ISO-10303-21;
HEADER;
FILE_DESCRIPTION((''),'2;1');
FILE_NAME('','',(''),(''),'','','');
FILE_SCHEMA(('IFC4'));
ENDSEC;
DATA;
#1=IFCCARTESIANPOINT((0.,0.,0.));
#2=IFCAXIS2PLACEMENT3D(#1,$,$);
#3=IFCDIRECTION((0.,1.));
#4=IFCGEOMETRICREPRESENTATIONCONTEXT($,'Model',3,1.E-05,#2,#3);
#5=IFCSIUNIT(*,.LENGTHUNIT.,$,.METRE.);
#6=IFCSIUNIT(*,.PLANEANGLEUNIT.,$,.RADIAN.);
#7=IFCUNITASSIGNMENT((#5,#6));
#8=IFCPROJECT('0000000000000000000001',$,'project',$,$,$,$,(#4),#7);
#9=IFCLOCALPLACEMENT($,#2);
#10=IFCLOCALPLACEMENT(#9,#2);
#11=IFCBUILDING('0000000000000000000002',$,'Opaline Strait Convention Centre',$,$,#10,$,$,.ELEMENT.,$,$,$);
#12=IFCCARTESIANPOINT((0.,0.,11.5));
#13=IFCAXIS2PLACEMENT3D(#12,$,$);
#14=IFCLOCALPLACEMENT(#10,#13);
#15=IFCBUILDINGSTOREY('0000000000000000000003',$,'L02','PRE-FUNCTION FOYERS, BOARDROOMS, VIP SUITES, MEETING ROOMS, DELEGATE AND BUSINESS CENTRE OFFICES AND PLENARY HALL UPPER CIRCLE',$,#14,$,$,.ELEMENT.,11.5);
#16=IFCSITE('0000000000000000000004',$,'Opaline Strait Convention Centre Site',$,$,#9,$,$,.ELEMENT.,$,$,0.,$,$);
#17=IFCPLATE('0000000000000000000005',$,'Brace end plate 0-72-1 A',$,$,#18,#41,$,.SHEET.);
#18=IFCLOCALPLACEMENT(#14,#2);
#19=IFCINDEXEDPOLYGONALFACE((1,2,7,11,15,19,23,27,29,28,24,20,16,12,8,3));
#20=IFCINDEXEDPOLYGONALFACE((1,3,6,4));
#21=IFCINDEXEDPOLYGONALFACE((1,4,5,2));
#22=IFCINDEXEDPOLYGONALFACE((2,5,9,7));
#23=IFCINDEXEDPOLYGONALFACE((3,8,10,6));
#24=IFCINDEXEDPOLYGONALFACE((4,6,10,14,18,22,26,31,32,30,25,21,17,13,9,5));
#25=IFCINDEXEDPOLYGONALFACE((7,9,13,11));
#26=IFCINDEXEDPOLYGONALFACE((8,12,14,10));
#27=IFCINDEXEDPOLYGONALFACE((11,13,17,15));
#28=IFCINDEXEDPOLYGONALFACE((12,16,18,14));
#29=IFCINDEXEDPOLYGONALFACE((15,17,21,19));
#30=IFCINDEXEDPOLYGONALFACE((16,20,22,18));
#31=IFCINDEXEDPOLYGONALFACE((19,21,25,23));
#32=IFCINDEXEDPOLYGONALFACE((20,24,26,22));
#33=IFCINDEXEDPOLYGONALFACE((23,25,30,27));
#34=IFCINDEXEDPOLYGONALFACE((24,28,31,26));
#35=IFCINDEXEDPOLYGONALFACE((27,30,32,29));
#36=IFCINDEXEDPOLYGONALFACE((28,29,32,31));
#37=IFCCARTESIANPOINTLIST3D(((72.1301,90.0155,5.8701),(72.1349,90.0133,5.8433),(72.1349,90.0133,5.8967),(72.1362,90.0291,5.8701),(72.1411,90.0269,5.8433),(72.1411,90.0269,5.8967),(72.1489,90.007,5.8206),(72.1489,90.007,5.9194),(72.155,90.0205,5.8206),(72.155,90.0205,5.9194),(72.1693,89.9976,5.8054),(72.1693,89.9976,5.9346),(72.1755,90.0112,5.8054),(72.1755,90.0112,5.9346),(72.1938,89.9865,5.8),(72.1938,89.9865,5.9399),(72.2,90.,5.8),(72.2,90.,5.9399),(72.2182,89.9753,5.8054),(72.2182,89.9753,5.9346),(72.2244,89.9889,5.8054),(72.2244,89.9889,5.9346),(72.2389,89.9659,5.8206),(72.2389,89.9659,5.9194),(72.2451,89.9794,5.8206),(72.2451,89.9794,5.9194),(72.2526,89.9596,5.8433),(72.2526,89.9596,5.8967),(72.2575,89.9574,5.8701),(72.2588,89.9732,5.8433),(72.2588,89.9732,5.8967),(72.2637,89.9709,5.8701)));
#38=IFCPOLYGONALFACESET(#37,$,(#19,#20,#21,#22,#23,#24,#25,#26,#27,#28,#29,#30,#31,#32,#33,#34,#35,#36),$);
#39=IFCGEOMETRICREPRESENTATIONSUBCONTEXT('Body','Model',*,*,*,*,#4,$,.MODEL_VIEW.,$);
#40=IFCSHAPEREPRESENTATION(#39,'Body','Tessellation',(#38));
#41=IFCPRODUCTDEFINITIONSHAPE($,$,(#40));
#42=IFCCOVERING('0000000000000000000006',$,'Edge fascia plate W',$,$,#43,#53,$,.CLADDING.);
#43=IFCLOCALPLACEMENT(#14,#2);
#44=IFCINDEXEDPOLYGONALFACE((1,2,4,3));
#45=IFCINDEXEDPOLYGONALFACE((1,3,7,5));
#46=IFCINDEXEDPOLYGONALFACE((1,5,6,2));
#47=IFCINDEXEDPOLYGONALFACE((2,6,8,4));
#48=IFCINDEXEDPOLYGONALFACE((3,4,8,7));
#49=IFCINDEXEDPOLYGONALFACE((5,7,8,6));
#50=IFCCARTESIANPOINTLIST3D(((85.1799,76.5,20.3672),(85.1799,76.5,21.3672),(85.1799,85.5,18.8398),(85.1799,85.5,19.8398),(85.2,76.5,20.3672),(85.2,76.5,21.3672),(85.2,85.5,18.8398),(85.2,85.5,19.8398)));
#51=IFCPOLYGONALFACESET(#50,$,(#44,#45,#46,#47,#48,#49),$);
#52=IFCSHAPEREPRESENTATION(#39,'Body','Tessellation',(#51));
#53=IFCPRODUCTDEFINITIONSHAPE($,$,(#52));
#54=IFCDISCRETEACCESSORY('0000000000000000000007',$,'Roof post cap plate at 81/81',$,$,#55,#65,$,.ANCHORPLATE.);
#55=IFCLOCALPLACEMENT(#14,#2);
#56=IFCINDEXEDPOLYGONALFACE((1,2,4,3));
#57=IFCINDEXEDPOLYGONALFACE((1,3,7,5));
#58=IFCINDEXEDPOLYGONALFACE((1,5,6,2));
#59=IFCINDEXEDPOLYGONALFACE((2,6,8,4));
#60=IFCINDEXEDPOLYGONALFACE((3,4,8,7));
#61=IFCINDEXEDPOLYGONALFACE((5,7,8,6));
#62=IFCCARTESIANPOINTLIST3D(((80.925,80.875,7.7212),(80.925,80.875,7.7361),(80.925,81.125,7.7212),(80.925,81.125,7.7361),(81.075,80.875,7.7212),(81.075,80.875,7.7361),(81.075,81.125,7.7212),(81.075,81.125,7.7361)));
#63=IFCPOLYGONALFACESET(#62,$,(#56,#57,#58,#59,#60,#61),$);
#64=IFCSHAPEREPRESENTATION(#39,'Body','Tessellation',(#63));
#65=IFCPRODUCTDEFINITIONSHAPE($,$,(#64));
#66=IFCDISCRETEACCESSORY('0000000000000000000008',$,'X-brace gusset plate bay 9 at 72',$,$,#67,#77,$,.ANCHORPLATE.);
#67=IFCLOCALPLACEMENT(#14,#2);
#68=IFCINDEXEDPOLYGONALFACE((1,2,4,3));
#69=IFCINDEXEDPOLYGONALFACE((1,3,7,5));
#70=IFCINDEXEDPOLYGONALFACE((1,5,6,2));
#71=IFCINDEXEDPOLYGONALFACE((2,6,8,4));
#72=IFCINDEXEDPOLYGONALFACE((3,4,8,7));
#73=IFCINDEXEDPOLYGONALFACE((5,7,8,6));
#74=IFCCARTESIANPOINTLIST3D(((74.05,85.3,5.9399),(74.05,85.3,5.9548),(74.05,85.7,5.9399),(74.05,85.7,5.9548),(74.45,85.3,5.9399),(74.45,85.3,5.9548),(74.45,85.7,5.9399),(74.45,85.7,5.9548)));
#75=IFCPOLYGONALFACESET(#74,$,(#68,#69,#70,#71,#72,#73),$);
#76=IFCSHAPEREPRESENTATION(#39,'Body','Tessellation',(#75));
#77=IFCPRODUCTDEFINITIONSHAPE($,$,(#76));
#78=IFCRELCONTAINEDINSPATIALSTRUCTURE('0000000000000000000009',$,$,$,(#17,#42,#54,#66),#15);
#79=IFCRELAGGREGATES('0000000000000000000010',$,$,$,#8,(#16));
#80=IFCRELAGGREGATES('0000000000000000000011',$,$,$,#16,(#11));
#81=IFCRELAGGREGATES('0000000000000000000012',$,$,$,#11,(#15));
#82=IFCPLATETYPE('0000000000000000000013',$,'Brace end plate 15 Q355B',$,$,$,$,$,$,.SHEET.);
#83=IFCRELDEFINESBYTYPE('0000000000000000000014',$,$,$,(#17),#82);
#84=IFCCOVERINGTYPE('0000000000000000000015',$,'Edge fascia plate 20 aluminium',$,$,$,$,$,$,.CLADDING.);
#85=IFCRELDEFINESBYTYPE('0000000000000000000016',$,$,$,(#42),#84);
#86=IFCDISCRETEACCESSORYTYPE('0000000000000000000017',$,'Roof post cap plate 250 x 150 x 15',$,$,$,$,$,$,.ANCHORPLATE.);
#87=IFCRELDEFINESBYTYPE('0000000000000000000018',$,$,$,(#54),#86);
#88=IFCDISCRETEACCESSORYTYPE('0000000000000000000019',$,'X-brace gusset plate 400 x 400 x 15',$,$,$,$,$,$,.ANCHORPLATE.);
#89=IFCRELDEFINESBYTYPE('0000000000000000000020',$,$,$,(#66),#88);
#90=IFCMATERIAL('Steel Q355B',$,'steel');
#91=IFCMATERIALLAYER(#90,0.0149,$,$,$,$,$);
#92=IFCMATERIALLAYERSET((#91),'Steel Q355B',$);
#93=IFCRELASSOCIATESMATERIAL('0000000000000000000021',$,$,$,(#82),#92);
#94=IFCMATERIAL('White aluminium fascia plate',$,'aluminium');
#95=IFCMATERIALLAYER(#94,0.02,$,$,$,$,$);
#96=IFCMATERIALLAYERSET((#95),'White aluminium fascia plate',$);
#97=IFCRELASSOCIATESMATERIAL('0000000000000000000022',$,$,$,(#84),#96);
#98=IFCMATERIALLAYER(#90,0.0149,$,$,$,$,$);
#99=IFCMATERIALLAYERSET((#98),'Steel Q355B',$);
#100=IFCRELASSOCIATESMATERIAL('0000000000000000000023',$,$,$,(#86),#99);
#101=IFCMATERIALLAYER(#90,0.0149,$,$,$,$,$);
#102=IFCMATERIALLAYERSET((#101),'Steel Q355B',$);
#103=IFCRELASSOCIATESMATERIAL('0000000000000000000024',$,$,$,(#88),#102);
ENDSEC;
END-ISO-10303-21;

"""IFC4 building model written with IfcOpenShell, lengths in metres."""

from ifc_helpers import new_model, si_unit, direction, frame, origin, origin_2d, place, context, subcontext, project, spatial, polyline, rectangle, outline, extrude, material, layer, layer_set, type_object, element, save


model = new_model("IFC4")

# Units and contexts
model_context = context("Model", 3, precision=1e-05, world=origin(), true_north=direction((0.0, 1.0)))
body_context = subcontext(model_context, "Body", "Model", "MODEL_VIEW")
ifc_project = project(units=[si_unit("LENGTHUNIT", "METRE"), si_unit("PLANEANGLEUNIT", "RADIAN")], contexts=[model_context])

# Site, building, storey
site_placement = place(None, origin())
site = spatial("IfcSite", under=ifc_project, at=site_placement, Name="Opaline Strait Convention Centre Site", CompositionType="ELEMENT", RefElevation=0.0)
building_placement = place(site_placement, origin())
building = spatial("IfcBuilding", under=site, at=building_placement, Name="Opaline Strait Convention Centre", CompositionType="ELEMENT")
storey_placement = place(building_placement, frame((0.0, 0.0, 11.5)))
storey = spatial("IfcBuildingStorey", under=building, at=storey_placement, Name="L02", Description="PRE-FUNCTION FOYERS, BOARDROOMS, VIP SUITES, MEETING ROOMS, DELEGATE AND BUSINESS CENTRE OFFICES AND PLENARY HALL UPPER CIRCLE", CompositionType="ELEMENT", Elevation=11.5)

# Shared definitions
ifc_material_1 = material(Name="Steel Q355B", Category="steel")

# Plate
ifc_layer_1 = layer(ifc_material_1, 0.0149)
ifc_layer_set_1 = layer_set([ifc_layer_1], Name="Steel Q355B")
plate_type = type_object("IfcPlateType", Name="Brace end plate 15 Q355B", PredefinedType="SHEET", material=ifc_layer_set_1)
plate_1_placement = place(storey_placement, frame((72.2637, 89.9709, 5.8701), z_axis=(0.415113, 0.90977, 0.0), x_axis=(-0.177886, 0.081166, -0.980698)))
element("IfcPlate", 1, at=plate_1_placement, inside=storey, type_object=plate_type, Name="Brace end plate 0-72-1 A", PredefinedType="SHEET", context=body_context, shape_type="SweptSolid", body=[
    extrude(outline(polyline([(0.0, 0.0), (0.0274, 0.0), (0.0526, 0.0103), (0.0719, 0.0297), (0.0824, 0.055), (0.0824, 0.0824), (0.072, 0.1074), (0.0527, 0.1269), (0.0274, 0.1374), (0.0002, 0.1373), (-0.025, 0.1268), (-0.0443, 0.1076), (-0.0548, 0.0823), (-0.0548, 0.0549), (-0.0444, 0.0297), (-0.0251, 0.0105), (0.0, 0.0)])), origin(), (0.0, 0.0, -1.0), 0.0149),
])

# Covering
ifc_material_2 = material(Name="White aluminium fascia plate", Category="aluminium")
ifc_layer_2 = layer(ifc_material_2, 0.02)
ifc_layer_set_2 = layer_set([ifc_layer_2], Name="White aluminium fascia plate")
covering_type = type_object("IfcCoveringType", Name="Edge fascia plate 20 aluminium", PredefinedType="CLADDING", material=ifc_layer_set_2)
covering_placement = place(storey_placement, frame((85.2, 81.0, 20.1035), z_axis=(-1.0, 0.0, 0.0), x_axis=(0.0, -1.0, 0.0)))
element("IfcCovering", 2, at=covering_placement, inside=storey, type_object=covering_type, Name="Edge fascia plate W", PredefinedType="CLADDING", context=body_context, shape_type="SweptSolid", body=[
    extrude(outline(polyline([(-4.5, -0.2637), (4.5, 1.2637), (4.5, 0.2637), (-4.5, -1.2637), (-4.5, -0.2637)])), origin(), (0.0, 0.0, 1.0), 0.02),
])

# Discrete accessories
ifc_layer_3 = layer(ifc_material_1, 0.0149)
ifc_layer_set_3 = layer_set([ifc_layer_3], Name="Steel Q355B")
discrete_accessory_type_1 = type_object("IfcDiscreteAccessoryType", Name="Roof post cap plate 250 x 150 x 15", PredefinedType="ANCHORPLATE", material=ifc_layer_set_3)
discrete_accessory_1_placement = place(storey_placement, frame((81.0, 81.0, 7.7212), z_axis=(0.0, 0.0, 1.0), x_axis=(1.0, 0.0, 0.0)))
element("IfcDiscreteAccessory", 3, at=discrete_accessory_1_placement, inside=storey, type_object=discrete_accessory_type_1, Name="Roof post cap plate at 81/81", PredefinedType="ANCHORPLATE", context=body_context, shape_type="SweptSolid", body=[
    extrude(rectangle(XDim=0.1499, YDim=0.25, at=origin_2d()), origin(), (0.0, 0.0, 1.0), 0.0149),
])
ifc_layer_4 = layer(ifc_material_1, 0.0149)
ifc_layer_set_4 = layer_set([ifc_layer_4], Name="Steel Q355B")
discrete_accessory_type_2 = type_object("IfcDiscreteAccessoryType", Name="X-brace gusset plate 400 x 400 x 15", PredefinedType="ANCHORPLATE", material=ifc_layer_set_4)
discrete_accessory_2_placement = place(storey_placement, frame((74.25, 85.5, 5.9399), z_axis=(0.0, 0.0, 1.0), x_axis=(1.0, 0.0, 0.0)))
element("IfcDiscreteAccessory", 4, at=discrete_accessory_2_placement, inside=storey, type_object=discrete_accessory_type_2, Name="X-brace gusset plate bay 9 at 72", PredefinedType="ANCHORPLATE", context=body_context, shape_type="SweptSolid", body=[
    extrude(rectangle(XDim=0.3999, YDim=0.3999, at=origin_2d()), origin(), (0.0, 0.0, 1.0), 0.0149),
])

save(model, "model.ifc")
